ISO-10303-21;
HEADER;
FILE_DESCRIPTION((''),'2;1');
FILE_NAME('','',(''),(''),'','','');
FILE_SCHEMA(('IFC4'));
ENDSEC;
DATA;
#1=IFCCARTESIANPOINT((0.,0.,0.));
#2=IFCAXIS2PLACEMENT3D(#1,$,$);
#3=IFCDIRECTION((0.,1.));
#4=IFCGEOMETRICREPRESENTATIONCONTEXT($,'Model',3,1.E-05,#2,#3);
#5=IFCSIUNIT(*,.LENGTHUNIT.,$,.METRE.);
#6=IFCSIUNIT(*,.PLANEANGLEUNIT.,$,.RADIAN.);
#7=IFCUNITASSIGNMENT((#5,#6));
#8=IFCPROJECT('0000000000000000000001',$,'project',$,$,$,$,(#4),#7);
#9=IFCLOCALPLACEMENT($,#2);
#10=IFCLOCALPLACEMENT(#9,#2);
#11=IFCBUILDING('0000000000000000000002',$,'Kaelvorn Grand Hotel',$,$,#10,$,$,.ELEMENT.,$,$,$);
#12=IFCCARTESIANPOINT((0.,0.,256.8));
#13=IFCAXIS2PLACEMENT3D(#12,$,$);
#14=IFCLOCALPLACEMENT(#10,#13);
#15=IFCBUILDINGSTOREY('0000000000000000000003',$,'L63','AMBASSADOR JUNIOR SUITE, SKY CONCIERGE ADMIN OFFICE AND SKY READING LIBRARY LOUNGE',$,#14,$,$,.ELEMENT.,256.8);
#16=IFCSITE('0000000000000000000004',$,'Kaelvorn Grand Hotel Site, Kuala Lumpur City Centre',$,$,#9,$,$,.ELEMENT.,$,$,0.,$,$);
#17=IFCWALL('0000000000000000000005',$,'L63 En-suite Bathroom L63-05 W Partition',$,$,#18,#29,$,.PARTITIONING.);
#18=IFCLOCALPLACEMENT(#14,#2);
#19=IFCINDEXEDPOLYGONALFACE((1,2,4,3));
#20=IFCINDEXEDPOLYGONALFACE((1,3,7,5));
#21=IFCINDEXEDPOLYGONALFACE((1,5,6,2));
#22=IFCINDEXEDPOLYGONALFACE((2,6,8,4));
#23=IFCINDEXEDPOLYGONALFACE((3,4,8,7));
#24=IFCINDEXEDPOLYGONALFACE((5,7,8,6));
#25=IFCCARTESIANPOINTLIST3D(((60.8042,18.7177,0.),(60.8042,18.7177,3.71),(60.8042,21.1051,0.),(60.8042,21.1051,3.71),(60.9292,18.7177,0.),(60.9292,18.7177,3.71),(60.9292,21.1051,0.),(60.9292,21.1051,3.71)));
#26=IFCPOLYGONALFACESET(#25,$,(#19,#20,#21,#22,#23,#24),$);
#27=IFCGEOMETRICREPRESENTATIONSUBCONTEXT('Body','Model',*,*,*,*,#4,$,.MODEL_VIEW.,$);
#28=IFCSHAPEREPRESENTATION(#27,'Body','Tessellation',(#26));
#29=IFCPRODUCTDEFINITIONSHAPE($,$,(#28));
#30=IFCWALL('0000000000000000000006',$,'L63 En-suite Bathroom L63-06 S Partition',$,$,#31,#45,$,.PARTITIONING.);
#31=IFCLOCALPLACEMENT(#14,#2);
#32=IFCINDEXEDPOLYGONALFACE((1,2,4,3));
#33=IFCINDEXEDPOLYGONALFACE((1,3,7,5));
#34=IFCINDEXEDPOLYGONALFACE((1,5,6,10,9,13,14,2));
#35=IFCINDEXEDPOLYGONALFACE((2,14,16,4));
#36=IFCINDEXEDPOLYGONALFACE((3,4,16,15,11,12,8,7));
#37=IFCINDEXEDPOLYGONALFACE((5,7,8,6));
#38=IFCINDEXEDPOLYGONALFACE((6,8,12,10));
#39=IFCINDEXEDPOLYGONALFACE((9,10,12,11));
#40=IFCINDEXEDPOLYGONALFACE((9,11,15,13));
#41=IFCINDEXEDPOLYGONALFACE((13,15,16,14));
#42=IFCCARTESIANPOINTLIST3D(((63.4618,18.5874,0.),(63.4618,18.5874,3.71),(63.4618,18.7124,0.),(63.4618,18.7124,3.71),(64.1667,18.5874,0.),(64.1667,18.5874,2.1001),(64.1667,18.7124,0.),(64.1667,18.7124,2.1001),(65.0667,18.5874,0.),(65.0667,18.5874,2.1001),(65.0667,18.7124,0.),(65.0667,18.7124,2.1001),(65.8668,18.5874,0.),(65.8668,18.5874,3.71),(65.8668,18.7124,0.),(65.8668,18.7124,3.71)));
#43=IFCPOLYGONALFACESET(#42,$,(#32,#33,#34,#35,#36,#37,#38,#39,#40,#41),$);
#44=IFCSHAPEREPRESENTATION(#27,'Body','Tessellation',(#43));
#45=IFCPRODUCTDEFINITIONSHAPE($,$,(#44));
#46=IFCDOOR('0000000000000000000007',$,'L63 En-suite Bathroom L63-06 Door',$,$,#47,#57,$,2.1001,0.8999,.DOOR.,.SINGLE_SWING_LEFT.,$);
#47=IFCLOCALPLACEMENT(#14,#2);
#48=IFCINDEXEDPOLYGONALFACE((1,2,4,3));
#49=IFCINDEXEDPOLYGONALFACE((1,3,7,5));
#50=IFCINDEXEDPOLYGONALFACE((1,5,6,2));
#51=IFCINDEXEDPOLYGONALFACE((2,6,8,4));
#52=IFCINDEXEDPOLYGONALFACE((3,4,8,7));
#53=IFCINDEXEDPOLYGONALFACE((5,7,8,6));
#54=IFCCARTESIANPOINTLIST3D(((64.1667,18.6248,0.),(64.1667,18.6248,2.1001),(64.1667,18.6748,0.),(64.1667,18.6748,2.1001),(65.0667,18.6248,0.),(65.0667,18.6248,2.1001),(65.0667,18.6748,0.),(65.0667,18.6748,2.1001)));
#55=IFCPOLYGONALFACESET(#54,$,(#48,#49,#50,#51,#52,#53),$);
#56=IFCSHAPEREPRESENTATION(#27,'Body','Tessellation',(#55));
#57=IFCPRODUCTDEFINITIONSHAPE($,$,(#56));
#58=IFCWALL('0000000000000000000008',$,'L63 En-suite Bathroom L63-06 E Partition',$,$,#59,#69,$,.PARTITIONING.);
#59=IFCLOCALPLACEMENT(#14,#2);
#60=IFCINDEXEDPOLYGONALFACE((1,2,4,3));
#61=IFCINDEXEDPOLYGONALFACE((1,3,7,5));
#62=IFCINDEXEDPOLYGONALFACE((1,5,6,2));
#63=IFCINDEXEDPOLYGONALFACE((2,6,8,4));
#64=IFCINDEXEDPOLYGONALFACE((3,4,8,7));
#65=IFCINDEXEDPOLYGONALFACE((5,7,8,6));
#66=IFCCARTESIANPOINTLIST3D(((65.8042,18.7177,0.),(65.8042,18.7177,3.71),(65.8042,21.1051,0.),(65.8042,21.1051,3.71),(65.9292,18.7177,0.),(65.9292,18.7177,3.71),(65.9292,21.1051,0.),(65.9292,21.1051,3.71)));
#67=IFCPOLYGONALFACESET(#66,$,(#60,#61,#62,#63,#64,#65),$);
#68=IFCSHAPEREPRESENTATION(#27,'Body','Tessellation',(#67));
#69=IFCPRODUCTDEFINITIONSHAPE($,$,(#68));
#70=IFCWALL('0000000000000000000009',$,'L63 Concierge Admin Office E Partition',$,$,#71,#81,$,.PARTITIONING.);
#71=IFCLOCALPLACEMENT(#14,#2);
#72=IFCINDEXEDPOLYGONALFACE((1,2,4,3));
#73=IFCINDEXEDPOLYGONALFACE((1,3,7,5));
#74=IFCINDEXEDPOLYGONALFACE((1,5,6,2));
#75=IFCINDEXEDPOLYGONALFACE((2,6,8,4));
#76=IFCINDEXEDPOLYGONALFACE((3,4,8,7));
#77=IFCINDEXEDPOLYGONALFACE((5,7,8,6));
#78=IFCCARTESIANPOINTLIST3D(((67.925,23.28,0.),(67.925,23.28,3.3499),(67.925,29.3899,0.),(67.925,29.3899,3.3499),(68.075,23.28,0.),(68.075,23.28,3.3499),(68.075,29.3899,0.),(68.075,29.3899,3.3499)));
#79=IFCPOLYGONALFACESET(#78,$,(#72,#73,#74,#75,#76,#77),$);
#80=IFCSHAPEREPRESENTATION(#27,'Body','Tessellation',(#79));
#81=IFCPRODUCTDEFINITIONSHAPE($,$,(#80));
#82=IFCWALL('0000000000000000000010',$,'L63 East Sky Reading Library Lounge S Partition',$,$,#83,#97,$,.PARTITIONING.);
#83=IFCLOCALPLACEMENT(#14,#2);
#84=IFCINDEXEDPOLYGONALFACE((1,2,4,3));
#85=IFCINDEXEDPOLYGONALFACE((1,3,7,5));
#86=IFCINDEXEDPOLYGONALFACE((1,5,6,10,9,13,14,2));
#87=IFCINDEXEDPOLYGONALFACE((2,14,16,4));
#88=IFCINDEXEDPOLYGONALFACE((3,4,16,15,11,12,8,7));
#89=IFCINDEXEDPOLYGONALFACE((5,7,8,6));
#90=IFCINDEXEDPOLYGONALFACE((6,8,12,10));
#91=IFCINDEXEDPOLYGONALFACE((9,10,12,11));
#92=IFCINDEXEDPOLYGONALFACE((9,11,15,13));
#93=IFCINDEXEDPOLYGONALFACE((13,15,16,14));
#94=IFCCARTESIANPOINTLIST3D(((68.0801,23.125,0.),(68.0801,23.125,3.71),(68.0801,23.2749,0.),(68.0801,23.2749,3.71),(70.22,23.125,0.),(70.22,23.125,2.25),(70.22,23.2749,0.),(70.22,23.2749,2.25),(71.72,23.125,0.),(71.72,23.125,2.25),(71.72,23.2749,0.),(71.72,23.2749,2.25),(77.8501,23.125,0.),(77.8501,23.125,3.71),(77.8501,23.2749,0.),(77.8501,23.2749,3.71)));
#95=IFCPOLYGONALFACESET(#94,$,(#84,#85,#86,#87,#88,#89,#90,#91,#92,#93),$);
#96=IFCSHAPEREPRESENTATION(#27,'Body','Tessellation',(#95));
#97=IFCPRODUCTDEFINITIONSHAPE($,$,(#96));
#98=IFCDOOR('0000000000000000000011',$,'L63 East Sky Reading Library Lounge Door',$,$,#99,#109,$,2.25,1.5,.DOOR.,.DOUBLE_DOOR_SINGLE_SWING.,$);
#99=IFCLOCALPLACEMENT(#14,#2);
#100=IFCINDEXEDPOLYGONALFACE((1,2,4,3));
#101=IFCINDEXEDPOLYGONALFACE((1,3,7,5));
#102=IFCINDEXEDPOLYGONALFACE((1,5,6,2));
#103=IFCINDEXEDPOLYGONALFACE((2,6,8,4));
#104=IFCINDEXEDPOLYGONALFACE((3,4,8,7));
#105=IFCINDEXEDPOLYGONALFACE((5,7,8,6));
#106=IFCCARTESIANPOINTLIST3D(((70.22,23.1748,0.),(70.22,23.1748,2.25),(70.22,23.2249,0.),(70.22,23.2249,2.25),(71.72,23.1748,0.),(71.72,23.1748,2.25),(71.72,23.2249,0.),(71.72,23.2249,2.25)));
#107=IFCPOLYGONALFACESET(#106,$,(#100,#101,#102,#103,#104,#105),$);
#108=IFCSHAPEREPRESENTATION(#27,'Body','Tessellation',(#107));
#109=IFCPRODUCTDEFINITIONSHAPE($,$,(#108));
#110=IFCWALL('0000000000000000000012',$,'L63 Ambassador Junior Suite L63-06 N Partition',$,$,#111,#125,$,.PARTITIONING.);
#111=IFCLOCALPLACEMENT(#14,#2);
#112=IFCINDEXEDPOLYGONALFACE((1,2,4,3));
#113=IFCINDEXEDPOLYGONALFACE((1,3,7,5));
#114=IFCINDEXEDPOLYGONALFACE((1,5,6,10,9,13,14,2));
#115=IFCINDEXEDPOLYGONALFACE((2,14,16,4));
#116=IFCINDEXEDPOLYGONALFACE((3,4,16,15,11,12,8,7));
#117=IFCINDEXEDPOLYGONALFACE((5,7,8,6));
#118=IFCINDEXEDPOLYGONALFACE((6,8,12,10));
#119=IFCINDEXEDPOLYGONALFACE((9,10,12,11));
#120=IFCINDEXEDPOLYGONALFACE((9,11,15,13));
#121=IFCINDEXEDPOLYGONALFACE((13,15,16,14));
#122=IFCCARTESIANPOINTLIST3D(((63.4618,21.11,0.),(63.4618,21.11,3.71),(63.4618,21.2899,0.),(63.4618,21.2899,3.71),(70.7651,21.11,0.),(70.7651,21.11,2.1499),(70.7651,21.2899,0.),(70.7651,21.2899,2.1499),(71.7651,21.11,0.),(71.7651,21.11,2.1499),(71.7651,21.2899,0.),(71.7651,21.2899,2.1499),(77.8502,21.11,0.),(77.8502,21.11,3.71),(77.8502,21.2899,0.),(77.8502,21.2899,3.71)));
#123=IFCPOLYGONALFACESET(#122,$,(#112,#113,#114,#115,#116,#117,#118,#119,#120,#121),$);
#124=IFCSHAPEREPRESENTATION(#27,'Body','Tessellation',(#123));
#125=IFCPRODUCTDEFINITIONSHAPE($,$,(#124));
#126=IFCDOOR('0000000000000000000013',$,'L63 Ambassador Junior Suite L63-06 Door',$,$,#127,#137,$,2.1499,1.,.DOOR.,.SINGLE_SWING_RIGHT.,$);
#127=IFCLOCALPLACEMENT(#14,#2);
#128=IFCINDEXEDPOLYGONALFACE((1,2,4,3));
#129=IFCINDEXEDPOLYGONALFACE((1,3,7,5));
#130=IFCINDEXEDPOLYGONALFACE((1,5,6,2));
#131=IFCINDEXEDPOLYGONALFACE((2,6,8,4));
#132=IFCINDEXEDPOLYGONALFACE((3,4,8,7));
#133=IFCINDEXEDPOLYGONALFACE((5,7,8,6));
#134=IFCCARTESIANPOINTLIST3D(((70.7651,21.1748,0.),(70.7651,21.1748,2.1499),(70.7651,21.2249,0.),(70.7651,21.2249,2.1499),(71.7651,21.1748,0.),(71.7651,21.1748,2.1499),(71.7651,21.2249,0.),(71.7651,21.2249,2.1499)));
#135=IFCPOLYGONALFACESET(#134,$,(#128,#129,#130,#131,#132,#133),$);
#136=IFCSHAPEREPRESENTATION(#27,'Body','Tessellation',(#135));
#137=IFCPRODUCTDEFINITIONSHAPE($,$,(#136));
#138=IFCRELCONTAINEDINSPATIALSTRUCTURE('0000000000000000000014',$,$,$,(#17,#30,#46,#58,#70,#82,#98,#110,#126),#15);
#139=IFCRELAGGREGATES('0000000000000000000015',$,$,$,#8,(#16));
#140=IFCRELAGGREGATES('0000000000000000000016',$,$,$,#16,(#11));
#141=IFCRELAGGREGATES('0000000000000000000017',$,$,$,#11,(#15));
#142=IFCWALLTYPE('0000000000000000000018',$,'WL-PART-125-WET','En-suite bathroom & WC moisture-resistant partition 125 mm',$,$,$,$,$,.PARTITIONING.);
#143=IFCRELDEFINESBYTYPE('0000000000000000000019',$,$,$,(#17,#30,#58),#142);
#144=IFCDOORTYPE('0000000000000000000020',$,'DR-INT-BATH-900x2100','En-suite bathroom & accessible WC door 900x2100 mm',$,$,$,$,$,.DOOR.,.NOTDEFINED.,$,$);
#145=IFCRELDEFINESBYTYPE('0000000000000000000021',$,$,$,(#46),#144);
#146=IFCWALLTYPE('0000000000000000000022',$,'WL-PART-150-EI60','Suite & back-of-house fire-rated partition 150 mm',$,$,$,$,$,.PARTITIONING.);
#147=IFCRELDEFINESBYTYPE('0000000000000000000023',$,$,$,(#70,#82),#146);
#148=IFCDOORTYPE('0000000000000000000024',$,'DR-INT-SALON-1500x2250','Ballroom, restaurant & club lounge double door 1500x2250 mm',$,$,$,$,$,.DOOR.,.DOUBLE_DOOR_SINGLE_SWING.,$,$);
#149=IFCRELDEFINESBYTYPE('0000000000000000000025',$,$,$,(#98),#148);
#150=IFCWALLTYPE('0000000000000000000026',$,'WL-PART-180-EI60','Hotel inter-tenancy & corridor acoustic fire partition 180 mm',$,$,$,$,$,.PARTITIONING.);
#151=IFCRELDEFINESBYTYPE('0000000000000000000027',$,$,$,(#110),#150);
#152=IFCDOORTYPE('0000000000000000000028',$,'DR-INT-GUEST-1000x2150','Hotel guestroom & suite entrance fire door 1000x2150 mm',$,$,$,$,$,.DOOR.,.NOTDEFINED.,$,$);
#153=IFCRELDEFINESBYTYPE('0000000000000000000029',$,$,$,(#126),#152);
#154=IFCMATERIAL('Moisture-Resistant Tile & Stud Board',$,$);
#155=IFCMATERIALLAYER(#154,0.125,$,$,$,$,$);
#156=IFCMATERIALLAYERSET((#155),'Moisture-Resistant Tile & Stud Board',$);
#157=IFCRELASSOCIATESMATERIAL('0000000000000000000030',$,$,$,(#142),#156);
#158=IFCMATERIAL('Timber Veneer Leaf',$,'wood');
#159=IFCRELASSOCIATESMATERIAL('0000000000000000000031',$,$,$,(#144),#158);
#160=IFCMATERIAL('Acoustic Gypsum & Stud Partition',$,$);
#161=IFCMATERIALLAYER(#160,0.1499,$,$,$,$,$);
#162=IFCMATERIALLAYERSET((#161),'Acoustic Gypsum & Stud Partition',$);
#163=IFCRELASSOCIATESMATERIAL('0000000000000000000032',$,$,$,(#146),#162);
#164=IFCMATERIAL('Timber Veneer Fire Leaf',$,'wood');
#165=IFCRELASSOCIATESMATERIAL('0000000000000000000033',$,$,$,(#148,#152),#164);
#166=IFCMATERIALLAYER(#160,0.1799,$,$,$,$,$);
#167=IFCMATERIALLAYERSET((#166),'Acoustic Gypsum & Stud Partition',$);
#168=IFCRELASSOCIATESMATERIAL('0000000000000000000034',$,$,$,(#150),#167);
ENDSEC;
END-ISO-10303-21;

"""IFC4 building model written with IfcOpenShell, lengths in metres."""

from ifc_helpers import new_model, si_unit, direction, frame, frame_2d, origin, place, context, subcontext, project, spatial, rectangle, extrude, material, layer, layer_set, type_object, element, fill, save


model = new_model("IFC4")

# Units and contexts
model_context = context("Model", 3, precision=1e-05, world=origin(), true_north=direction((0.0, 1.0)))
body_context = subcontext(model_context, "Body", "Model", "MODEL_VIEW")
ifc_project = project(units=[si_unit("LENGTHUNIT", "METRE"), si_unit("PLANEANGLEUNIT", "RADIAN")], contexts=[model_context])

# Site, building, storey
site_placement = place(None, origin())
site = spatial("IfcSite", under=ifc_project, at=site_placement, Name="Kaelvorn Grand Hotel Site, Kuala Lumpur City Centre", CompositionType="ELEMENT", RefElevation=0.0)
building_placement = place(site_placement, origin())
building = spatial("IfcBuilding", under=site, at=building_placement, Name="Kaelvorn Grand Hotel", CompositionType="ELEMENT")
storey_placement = place(building_placement, frame((0.0, 0.0, 256.8)))
storey = spatial("IfcBuildingStorey", under=building, at=storey_placement, Name="L63", Description="AMBASSADOR JUNIOR SUITE, SKY CONCIERGE ADMIN OFFICE AND SKY READING LIBRARY LOUNGE", CompositionType="ELEMENT", Elevation=256.8)

# Shared definitions
ifc_material_1 = material(Name="Moisture-Resistant Tile & Stud Board")
ifc_layer_1 = layer(ifc_material_1, 0.125)
ifc_layer_set_1 = layer_set([ifc_layer_1], Name="Moisture-Resistant Tile & Stud Board")
wall_type_1 = type_object("IfcWallType", Name="WL-PART-125-WET", Description="En-suite bathroom & WC moisture-resistant partition 125 mm", PredefinedType="PARTITIONING", material=ifc_layer_set_1)
ifc_material_2 = material(Name="Timber Veneer Leaf", Category="wood")
door_type_1 = type_object("IfcDoorType", Name="DR-INT-BATH-900x2100", Description="En-suite bathroom & accessible WC door 900x2100 mm", OperationType="NOTDEFINED", PredefinedType="DOOR", material=ifc_material_2)

# Wall
wall_1_placement = place(storey_placement, frame((60.8667, 18.7175, 0.0), z_axis=(0.0, 0.0, 1.0), x_axis=(0.0, 1.0, 0.0)))
element("IfcWall", 1, at=wall_1_placement, inside=storey, type_object=wall_type_1, Name="L63 En-suite Bathroom L63-05 W Partition", PredefinedType="PARTITIONING", context=body_context, shape_type="SweptSolid", body=[
    extrude(rectangle(XDim=2.3875, YDim=0.125, at=frame_2d((1.1938, 0.0))), origin(), (0.0, 0.0, 1.0), 3.71),
])

# Wall, opening, door
wall_2_placement = place(storey_placement, frame((63.4617, 18.6499, 0.0), z_axis=(0.0, 0.0, 1.0), x_axis=(1.0, 0.0, 0.0)))
wall_2 = element("IfcWall", 2, at=wall_2_placement, inside=storey, type_object=wall_type_1, Name="L63 En-suite Bathroom L63-06 S Partition", PredefinedType="PARTITIONING", context=body_context, shape_type="SweptSolid", body=[
    extrude(rectangle(XDim=2.405, YDim=0.125, at=frame_2d((1.2026, 0.0))), origin(), (0.0, 0.0, 1.0), 3.71),
])
opening_1_placement = place(wall_2_placement, frame((0.7051, 0.0, 0.0)))
opening_1 = element("IfcOpeningElement", 3, at=opening_1_placement, cuts=wall_2, PredefinedType="OPENING", context=body_context, shape_type="SweptSolid", body=[
    extrude(rectangle(XDim=0.8999, YDim=2.1001, at=frame_2d((0.45, 1.05))), frame((0.0, 0.0725, 0.0), z_axis=(0.0, -1.0, 0.0), x_axis=(1.0, 0.0, 0.0)), (0.0, 0.0, 1.0), 0.145),
])
door_1_placement = place(opening_1_placement, origin())
door_1 = element("IfcDoor", 4, at=door_1_placement, inside=storey, type_object=door_type_1, Name="L63 En-suite Bathroom L63-06 Door", OperationType="SINGLE_SWING_LEFT", OverallHeight=2.1001, OverallWidth=0.8999, PredefinedType="DOOR", context=body_context, shape_type="SweptSolid", body=[
    extrude(rectangle(XDim=0.8999, YDim=2.1001, at=frame_2d((0.45, 1.05))), frame((0.0, 0.0249, 0.0), z_axis=(0.0, -1.0, 0.0), x_axis=(1.0, 0.0, 0.0)), (0.0, 0.0, 1.0), 0.05),
])
fill(opening_1, door_1)

# Walls
wall_3_placement = place(storey_placement, frame((65.8667, 18.7175, 0.0), z_axis=(0.0, 0.0, 1.0), x_axis=(0.0, 1.0, 0.0)))
element("IfcWall", 5, at=wall_3_placement, inside=storey, type_object=wall_type_1, Name="L63 En-suite Bathroom L63-06 E Partition", PredefinedType="PARTITIONING", context=body_context, shape_type="SweptSolid", body=[
    extrude(rectangle(XDim=2.3875, YDim=0.125, at=frame_2d((1.1938, 0.0))), origin(), (0.0, 0.0, 1.0), 3.71),
])
ifc_material_3 = material(Name="Acoustic Gypsum & Stud Partition")
ifc_layer_2 = layer(ifc_material_3, 0.1499)
ifc_layer_set_2 = layer_set([ifc_layer_2], Name="Acoustic Gypsum & Stud Partition")
wall_type_2 = type_object("IfcWallType", Name="WL-PART-150-EI60", Description="Suite & back-of-house fire-rated partition 150 mm", PredefinedType="PARTITIONING", material=ifc_layer_set_2)
wall_4_placement = place(storey_placement, frame((68.0, 23.28, 0.0), z_axis=(0.0, 0.0, 1.0), x_axis=(0.0, 1.0, 0.0)))
element("IfcWall", 6, at=wall_4_placement, inside=storey, type_object=wall_type_2, Name="L63 Concierge Admin Office E Partition", PredefinedType="PARTITIONING", context=body_context, shape_type="SweptSolid", body=[
    extrude(rectangle(XDim=6.1099, YDim=0.1499, at=frame_2d((3.0549, 0.0))), origin(), (0.0, 0.0, 1.0), 3.3499),
])

# Walls, openings, doors
wall_5_placement = place(storey_placement, frame((68.0801, 23.2, 0.0), z_axis=(0.0, 0.0, 1.0), x_axis=(1.0, 0.0, 0.0)))
wall_5 = element("IfcWall", 7, at=wall_5_placement, inside=storey, type_object=wall_type_2, Name="L63 East Sky Reading Library Lounge S Partition", PredefinedType="PARTITIONING", context=body_context, shape_type="SweptSolid", body=[
    extrude(rectangle(XDim=9.77, YDim=0.1499, at=frame_2d((4.885, 0.0))), origin(), (0.0, 0.0, 1.0), 3.71),
])
opening_2_placement = place(wall_5_placement, frame((2.1399, 0.0, 0.0)))
opening_2 = element("IfcOpeningElement", 8, at=opening_2_placement, cuts=wall_5, PredefinedType="OPENING", context=body_context, shape_type="SweptSolid", body=[
    extrude(rectangle(XDim=1.5, YDim=2.25, at=frame_2d((0.75, 1.125))), frame((0.0, 0.085, 0.0), z_axis=(0.0, -1.0, 0.0), x_axis=(1.0, 0.0, 0.0)), (0.0, 0.0, 1.0), 0.1699),
])
ifc_material_4 = material(Name="Timber Veneer Fire Leaf", Category="wood")
door_type_2 = type_object("IfcDoorType", Name="DR-INT-SALON-1500x2250", Description="Ballroom, restaurant & club lounge double door 1500x2250 mm", OperationType="DOUBLE_DOOR_SINGLE_SWING", PredefinedType="DOOR", material=ifc_material_4)
door_2_placement = place(opening_2_placement, origin())
door_2 = element("IfcDoor", 9, at=door_2_placement, inside=storey, type_object=door_type_2, Name="L63 East Sky Reading Library Lounge Door", OperationType="DOUBLE_DOOR_SINGLE_SWING", OverallHeight=2.25, OverallWidth=1.5, PredefinedType="DOOR", context=body_context, shape_type="SweptSolid", body=[
    extrude(rectangle(XDim=1.5, YDim=2.25, at=frame_2d((0.75, 1.125))), frame((0.0, 0.0249, 0.0), z_axis=(0.0, -1.0, 0.0), x_axis=(1.0, 0.0, 0.0)), (0.0, 0.0, 1.0), 0.05),
])
fill(opening_2, door_2)
ifc_layer_3 = layer(ifc_material_3, 0.1799)
ifc_layer_set_3 = layer_set([ifc_layer_3], Name="Acoustic Gypsum & Stud Partition")
wall_type_3 = type_object("IfcWallType", Name="WL-PART-180-EI60", Description="Hotel inter-tenancy & corridor acoustic fire partition 180 mm", PredefinedType="PARTITIONING", material=ifc_layer_set_3)
wall_6_placement = place(storey_placement, frame((63.4617, 21.2, 0.0), z_axis=(0.0, 0.0, 1.0), x_axis=(1.0, 0.0, 0.0)))
wall_6 = element("IfcWall", 10, at=wall_6_placement, inside=storey, type_object=wall_type_3, Name="L63 Ambassador Junior Suite L63-06 N Partition", PredefinedType="PARTITIONING", context=body_context, shape_type="SweptSolid", body=[
    extrude(rectangle(XDim=14.3884, YDim=0.1799, at=frame_2d((7.1943, 0.0))), origin(), (0.0, 0.0, 1.0), 3.71),
])
opening_3_placement = place(wall_6_placement, frame((7.3035, 0.0, 0.0)))
opening_3 = element("IfcOpeningElement", 11, at=opening_3_placement, cuts=wall_6, PredefinedType="OPENING", context=body_context, shape_type="SweptSolid", body=[
    extrude(rectangle(XDim=1.0, YDim=2.1499, at=frame_2d((0.5, 1.075))), frame((0.0, 0.1001, 0.0), z_axis=(0.0, -1.0, 0.0), x_axis=(1.0, 0.0, 0.0)), (0.0, 0.0, 1.0), 0.2),
])
door_type_3 = type_object("IfcDoorType", Name="DR-INT-GUEST-1000x2150", Description="Hotel guestroom & suite entrance fire door 1000x2150 mm", OperationType="NOTDEFINED", PredefinedType="DOOR", material=ifc_material_4)
door_3_placement = place(opening_3_placement, origin())
door_3 = element("IfcDoor", 12, at=door_3_placement, inside=storey, type_object=door_type_3, Name="L63 Ambassador Junior Suite L63-06 Door", OperationType="SINGLE_SWING_RIGHT", OverallHeight=2.1499, OverallWidth=1.0, PredefinedType="DOOR", context=body_context, shape_type="SweptSolid", body=[
    extrude(rectangle(XDim=1.0, YDim=2.1499, at=frame_2d((0.5, 1.075))), frame((0.0, 0.0249, 0.0), z_axis=(0.0, -1.0, 0.0), x_axis=(1.0, 0.0, 0.0)), (0.0, 0.0, 1.0), 0.05),
])
fill(opening_3, door_3)

save(model, "model.ifc")
